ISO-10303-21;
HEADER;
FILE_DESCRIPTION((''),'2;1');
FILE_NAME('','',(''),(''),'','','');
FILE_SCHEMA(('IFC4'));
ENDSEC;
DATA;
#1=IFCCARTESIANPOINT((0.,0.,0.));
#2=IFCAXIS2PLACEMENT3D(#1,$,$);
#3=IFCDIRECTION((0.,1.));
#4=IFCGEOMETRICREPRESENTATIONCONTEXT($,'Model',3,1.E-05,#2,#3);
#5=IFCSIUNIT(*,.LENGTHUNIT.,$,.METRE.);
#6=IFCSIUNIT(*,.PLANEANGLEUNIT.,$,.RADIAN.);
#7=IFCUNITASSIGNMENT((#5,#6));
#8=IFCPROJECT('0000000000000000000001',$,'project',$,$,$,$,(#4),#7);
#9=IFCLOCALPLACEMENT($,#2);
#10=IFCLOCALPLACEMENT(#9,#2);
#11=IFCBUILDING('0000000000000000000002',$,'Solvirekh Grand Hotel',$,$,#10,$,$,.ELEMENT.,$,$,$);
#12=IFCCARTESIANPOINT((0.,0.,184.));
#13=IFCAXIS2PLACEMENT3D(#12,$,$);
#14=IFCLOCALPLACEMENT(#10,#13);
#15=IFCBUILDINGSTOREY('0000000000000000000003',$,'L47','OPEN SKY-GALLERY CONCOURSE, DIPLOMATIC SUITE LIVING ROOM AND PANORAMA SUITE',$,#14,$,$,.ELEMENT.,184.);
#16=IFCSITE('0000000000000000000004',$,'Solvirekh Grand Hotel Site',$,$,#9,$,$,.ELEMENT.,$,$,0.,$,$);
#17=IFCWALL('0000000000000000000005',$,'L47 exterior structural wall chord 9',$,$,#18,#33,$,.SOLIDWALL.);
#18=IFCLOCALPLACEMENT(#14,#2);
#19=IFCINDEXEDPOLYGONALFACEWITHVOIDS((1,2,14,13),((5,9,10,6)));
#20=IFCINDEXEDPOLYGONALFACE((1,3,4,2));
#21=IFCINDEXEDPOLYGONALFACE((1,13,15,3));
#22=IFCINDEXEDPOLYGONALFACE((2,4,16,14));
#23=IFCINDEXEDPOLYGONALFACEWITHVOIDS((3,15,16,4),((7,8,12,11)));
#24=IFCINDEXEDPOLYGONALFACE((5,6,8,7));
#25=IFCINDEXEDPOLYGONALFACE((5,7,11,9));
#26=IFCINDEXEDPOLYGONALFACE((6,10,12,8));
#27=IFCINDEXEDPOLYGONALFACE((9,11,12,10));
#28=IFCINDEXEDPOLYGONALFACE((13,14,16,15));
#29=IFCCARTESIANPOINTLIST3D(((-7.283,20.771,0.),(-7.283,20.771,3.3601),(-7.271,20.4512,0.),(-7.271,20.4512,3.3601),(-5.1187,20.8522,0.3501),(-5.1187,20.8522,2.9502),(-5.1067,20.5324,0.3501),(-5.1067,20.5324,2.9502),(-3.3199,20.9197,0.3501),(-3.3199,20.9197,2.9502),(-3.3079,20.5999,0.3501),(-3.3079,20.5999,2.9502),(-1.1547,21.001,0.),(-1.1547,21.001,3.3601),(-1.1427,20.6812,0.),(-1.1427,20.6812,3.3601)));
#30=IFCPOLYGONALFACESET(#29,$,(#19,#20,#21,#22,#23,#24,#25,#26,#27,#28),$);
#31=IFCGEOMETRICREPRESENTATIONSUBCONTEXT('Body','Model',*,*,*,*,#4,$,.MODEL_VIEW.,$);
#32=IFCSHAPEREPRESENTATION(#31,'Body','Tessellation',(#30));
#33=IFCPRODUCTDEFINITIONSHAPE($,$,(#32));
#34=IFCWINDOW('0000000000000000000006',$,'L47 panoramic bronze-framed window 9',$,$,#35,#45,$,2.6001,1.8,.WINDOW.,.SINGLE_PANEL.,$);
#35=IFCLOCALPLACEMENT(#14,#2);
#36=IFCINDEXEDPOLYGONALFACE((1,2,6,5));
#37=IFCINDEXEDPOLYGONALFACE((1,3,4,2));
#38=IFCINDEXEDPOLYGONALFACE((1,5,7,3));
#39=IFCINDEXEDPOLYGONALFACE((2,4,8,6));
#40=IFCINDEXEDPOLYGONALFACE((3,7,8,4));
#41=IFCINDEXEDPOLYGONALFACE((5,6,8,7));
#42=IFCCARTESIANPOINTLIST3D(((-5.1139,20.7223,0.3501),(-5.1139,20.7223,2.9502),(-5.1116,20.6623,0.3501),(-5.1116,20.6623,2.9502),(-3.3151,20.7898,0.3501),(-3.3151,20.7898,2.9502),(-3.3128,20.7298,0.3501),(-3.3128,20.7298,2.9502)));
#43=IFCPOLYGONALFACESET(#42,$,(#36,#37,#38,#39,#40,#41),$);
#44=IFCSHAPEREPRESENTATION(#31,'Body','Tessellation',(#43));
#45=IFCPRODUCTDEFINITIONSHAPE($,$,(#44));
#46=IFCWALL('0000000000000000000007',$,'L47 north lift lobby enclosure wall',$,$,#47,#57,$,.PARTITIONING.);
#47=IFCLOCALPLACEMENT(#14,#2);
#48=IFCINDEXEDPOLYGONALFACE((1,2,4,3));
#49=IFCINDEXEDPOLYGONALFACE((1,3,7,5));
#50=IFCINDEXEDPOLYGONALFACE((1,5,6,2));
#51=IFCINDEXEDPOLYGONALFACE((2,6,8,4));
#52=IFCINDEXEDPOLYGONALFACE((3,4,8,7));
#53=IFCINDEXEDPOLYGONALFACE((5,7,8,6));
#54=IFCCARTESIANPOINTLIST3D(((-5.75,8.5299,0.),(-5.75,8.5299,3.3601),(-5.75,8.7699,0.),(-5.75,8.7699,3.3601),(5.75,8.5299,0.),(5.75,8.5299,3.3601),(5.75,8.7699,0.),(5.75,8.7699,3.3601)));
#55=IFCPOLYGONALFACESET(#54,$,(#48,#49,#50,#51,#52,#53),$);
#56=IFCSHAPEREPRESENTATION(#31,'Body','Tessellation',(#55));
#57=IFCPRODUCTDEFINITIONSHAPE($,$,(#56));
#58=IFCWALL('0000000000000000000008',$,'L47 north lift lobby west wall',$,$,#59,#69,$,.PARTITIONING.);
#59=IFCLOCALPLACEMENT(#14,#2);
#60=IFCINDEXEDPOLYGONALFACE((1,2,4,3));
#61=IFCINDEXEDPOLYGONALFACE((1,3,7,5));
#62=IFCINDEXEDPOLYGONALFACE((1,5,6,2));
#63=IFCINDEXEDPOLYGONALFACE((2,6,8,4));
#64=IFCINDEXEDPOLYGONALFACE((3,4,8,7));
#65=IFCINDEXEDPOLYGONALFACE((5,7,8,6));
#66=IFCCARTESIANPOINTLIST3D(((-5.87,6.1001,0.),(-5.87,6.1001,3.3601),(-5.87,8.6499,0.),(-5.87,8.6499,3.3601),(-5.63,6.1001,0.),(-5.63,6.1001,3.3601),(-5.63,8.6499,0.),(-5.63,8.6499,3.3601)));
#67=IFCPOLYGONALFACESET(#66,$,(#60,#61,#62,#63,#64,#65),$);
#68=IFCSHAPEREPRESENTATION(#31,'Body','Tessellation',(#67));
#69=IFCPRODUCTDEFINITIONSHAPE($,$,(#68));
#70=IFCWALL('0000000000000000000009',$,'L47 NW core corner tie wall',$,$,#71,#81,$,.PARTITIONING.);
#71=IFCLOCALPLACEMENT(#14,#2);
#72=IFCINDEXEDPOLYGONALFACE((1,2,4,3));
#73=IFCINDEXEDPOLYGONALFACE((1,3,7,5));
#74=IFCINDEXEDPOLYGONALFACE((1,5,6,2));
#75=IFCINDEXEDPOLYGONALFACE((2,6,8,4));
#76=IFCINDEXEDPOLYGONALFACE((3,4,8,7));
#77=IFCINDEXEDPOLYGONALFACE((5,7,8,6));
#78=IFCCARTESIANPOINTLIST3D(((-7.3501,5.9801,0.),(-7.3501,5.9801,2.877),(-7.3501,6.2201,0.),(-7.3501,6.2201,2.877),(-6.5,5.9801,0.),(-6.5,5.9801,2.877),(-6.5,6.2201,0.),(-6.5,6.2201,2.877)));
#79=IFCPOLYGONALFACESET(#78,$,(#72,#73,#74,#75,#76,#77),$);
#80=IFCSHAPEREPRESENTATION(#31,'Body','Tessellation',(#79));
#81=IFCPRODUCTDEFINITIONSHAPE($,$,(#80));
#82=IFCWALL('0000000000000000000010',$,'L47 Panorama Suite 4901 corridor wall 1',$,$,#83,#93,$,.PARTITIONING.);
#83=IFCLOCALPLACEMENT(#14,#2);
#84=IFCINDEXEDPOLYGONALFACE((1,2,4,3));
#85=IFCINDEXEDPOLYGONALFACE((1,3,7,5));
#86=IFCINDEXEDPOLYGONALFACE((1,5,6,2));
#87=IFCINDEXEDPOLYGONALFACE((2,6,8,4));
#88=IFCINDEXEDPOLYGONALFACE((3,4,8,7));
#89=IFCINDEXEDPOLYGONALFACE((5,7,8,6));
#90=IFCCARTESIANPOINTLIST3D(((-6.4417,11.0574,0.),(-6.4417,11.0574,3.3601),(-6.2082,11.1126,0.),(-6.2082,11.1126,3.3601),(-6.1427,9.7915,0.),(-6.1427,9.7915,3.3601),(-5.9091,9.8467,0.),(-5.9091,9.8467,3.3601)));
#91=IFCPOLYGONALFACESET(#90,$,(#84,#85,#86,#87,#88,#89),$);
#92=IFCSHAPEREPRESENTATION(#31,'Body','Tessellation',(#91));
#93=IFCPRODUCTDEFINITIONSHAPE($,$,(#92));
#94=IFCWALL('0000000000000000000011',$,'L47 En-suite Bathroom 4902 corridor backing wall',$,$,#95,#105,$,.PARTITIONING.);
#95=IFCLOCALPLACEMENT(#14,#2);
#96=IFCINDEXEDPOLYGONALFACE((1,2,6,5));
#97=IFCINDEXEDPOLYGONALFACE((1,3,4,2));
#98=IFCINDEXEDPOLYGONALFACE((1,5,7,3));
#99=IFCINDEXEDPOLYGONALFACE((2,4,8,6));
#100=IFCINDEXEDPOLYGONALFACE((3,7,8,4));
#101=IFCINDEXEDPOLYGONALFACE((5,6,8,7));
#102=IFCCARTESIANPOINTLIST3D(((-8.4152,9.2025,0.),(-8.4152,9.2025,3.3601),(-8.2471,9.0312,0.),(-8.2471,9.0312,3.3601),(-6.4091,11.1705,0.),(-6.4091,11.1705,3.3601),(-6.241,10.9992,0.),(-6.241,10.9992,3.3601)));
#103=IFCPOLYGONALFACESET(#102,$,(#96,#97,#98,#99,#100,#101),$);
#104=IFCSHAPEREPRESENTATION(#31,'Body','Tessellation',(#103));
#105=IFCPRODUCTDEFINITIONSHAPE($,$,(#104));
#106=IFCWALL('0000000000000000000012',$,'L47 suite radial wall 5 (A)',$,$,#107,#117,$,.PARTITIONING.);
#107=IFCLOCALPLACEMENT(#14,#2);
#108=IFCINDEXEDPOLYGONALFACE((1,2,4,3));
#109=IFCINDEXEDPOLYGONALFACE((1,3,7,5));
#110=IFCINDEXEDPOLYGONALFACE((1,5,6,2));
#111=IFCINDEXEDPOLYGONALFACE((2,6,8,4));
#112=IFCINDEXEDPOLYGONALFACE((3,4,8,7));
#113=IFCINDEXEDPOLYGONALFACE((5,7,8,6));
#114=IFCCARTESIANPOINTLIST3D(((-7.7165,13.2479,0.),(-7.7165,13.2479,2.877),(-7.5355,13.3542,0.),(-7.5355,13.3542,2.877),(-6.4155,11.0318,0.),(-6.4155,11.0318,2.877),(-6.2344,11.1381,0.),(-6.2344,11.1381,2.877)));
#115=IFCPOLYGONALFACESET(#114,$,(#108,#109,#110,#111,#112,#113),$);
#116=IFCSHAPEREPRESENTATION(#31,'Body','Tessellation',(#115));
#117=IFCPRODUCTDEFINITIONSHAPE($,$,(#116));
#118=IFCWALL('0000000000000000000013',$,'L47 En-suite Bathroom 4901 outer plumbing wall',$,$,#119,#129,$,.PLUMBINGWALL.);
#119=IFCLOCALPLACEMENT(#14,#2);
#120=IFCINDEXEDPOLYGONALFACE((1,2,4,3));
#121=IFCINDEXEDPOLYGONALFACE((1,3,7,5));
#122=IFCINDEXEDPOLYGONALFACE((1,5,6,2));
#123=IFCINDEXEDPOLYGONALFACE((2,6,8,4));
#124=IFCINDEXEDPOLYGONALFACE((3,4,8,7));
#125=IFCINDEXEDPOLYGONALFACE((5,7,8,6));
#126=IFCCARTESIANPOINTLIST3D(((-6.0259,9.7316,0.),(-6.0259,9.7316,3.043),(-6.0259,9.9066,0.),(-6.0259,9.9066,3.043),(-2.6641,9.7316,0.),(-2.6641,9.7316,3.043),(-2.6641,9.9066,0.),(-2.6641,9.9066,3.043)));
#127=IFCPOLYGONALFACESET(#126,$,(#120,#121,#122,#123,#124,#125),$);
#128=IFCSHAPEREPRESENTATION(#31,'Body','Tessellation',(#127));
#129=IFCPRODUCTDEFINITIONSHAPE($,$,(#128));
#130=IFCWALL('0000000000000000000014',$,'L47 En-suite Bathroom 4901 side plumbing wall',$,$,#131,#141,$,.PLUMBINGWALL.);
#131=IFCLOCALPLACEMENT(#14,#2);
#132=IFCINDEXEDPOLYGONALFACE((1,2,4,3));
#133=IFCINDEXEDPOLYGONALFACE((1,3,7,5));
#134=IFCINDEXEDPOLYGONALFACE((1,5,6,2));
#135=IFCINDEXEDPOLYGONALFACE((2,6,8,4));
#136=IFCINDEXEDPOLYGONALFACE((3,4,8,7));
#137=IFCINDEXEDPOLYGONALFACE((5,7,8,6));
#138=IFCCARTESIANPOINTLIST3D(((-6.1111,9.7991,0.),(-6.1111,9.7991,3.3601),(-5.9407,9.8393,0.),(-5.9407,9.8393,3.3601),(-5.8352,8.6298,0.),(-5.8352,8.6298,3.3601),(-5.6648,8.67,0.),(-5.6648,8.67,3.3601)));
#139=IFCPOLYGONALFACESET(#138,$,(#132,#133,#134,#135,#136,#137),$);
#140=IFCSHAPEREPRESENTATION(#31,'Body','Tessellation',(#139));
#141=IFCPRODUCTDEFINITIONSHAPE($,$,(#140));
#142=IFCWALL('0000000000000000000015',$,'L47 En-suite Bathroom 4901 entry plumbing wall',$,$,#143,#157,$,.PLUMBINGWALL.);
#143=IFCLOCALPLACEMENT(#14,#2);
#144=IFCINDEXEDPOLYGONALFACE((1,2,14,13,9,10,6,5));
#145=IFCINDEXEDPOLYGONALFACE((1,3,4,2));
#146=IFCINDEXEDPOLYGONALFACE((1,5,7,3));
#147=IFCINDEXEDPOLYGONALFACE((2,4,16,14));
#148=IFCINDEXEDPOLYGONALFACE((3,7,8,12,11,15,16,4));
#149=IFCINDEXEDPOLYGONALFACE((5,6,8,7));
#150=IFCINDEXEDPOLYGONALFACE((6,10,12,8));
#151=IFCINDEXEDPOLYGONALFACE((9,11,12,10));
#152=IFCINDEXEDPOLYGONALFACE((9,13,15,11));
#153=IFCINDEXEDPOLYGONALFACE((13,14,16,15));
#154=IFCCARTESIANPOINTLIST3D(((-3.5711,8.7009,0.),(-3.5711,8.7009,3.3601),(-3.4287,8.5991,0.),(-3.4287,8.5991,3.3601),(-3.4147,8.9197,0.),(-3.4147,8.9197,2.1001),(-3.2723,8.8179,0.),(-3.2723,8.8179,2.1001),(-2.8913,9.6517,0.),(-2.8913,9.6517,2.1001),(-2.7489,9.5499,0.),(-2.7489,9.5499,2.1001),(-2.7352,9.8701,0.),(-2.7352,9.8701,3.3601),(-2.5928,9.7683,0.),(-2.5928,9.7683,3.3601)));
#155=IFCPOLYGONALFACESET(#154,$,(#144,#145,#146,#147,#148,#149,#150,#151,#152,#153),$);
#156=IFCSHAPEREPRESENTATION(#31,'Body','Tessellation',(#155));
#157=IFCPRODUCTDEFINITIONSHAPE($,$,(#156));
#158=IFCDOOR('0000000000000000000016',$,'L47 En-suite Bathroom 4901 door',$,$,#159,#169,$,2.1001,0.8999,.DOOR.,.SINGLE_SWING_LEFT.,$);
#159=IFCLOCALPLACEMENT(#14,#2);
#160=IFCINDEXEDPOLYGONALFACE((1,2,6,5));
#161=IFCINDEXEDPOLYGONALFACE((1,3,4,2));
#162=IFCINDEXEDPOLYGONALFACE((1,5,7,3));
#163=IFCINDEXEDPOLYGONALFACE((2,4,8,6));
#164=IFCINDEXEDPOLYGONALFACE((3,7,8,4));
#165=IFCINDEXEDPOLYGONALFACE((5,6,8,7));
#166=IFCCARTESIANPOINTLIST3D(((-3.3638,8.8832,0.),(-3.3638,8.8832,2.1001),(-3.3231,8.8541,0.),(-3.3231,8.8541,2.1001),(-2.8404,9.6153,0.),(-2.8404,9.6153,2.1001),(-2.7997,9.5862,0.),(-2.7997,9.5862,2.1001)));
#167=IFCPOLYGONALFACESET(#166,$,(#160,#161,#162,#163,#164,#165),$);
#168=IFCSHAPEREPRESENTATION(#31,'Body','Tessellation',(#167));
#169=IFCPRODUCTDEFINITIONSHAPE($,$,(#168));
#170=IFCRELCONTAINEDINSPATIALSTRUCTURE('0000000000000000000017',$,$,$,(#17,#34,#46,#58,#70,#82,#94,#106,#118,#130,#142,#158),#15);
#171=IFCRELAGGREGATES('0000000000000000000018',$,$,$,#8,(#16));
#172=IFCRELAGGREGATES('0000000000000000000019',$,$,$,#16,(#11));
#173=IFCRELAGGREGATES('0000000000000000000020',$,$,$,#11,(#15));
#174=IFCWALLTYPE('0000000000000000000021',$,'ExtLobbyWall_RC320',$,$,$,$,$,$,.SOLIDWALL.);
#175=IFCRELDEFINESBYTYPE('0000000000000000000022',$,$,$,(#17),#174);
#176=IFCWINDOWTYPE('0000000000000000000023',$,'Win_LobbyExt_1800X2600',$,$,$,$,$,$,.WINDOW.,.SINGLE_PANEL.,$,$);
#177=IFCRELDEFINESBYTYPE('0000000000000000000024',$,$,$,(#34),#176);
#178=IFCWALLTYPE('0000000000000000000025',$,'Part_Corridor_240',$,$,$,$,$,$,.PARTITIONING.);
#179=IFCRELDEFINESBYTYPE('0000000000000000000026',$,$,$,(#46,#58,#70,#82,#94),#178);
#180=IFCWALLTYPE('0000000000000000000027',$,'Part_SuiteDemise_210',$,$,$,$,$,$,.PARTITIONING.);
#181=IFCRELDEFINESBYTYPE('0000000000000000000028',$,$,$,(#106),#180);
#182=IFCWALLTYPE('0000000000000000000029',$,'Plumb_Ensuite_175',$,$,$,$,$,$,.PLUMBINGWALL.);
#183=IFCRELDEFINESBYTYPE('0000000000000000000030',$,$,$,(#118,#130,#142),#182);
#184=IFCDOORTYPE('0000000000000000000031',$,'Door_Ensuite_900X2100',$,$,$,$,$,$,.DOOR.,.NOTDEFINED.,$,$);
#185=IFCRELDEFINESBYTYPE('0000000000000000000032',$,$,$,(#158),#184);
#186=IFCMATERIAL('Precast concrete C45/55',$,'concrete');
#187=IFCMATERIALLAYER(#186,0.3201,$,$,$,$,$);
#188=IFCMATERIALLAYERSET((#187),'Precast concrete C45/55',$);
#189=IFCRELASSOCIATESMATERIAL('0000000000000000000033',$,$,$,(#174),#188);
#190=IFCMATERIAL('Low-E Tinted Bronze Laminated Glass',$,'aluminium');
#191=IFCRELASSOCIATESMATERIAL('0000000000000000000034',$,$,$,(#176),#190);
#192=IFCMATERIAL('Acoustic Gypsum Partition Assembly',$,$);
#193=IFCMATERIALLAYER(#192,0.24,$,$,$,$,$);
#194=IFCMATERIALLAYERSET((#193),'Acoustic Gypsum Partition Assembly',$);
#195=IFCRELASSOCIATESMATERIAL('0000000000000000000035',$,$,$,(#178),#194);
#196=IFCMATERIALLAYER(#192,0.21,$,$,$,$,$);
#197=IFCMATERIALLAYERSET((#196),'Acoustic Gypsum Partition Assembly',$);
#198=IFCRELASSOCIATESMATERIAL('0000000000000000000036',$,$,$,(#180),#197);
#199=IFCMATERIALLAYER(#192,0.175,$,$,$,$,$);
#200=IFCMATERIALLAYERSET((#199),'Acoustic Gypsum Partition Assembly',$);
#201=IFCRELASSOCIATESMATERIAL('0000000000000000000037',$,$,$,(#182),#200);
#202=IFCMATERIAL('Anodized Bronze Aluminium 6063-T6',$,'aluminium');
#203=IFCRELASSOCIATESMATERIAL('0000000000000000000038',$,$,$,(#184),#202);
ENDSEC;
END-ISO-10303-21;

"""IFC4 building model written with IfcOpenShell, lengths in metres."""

from ifc_helpers import new_model, si_unit, direction, frame, frame_2d, origin, place, context, subcontext, project, spatial, rectangle, extrude, material, layer, layer_set, type_object, element, fill, save


model = new_model("IFC4")

# Units and contexts
model_context = context("Model", 3, precision=1e-05, world=origin(), true_north=direction((0.0, 1.0)))
body_context = subcontext(model_context, "Body", "Model", "MODEL_VIEW")
ifc_project = project(units=[si_unit("LENGTHUNIT", "METRE"), si_unit("PLANEANGLEUNIT", "RADIAN")], contexts=[model_context])

# Site, building, storey
site_placement = place(None, origin())
site = spatial("IfcSite", under=ifc_project, at=site_placement, Name="Solvirekh Grand Hotel Site", CompositionType="ELEMENT", RefElevation=0.0)
building_placement = place(site_placement, origin())
building = spatial("IfcBuilding", under=site, at=building_placement, Name="Solvirekh Grand Hotel", CompositionType="ELEMENT")
storey_placement = place(building_placement, frame((0.0, 0.0, 184.0)))
storey = spatial("IfcBuildingStorey", under=building, at=storey_placement, Name="L47", Description="OPEN SKY-GALLERY CONCOURSE, DIPLOMATIC SUITE LIVING ROOM AND PANORAMA SUITE", CompositionType="ELEMENT", Elevation=184.0)

# Shared definitions
ifc_material_1 = material(Name="Anodized Bronze Aluminium 6063-T6", Category="aluminium")

# Wall, opening, window
ifc_material_2 = material(Name="Precast concrete C45/55", Category="concrete")
ifc_layer_1 = layer(ifc_material_2, 0.3201)
ifc_layer_set_1 = layer_set([ifc_layer_1], Name="Precast concrete C45/55")
wall_type_1 = type_object("IfcWallType", Name="ExtLobbyWall_RC320", PredefinedType="SOLIDWALL", material=ifc_layer_set_1)
wall_1_placement = place(storey_placement, frame((-7.2771, 20.6111, 0.0), z_axis=(0.0, 0.0, 1.0), x_axis=(0.999297, 0.037502, 0.0)))
wall_1 = element("IfcWall", 1, at=wall_1_placement, inside=storey, type_object=wall_type_1, Name="L47 exterior structural wall chord 9", PredefinedType="SOLIDWALL", context=body_context, shape_type="SweptSolid", body=[
    extrude(rectangle(XDim=6.1326, YDim=0.3201, at=frame_2d((3.0664, 0.0))), origin(), (0.0, 0.0, 1.0), 3.3601),
])
opening_1_placement = place(wall_1_placement, frame((2.166, 0.0, 0.3501)))
opening_1 = element("IfcOpeningElement", 2, at=opening_1_placement, cuts=wall_1, PredefinedType="OPENING", context=body_context, shape_type="SweptSolid", body=[
    extrude(rectangle(XDim=1.8, YDim=2.6001, at=frame_2d((0.8999, 1.3))), frame((0.0, 0.1699, 0.0), z_axis=(0.0, -1.0, 0.0), x_axis=(1.0, 0.0, 0.0)), (0.0, 0.0, 1.0), 0.3401),
])
ifc_material_3 = material(Name="Low-E Tinted Bronze Laminated Glass", Category="aluminium")
window_type = type_object("IfcWindowType", Name="Win_LobbyExt_1800X2600", PartitioningType="SINGLE_PANEL", PredefinedType="WINDOW", material=ifc_material_3)
window_placement = place(opening_1_placement, origin())
window = element("IfcWindow", 3, at=window_placement, inside=storey, type_object=window_type, Name="L47 panoramic bronze-framed window 9", OverallHeight=2.6001, OverallWidth=1.8, PartitioningType="SINGLE_PANEL", PredefinedType="WINDOW", context=body_context, shape_type="SweptSolid", body=[
    extrude(rectangle(XDim=1.8, YDim=2.6001, at=frame_2d((0.8999, 1.3))), frame((0.0, 0.03, 0.0), z_axis=(0.0, -1.0, 0.0), x_axis=(1.0, 0.0, 0.0)), (0.0, 0.0, 1.0), 0.0601),
])
fill(opening_1, window)

# Walls
ifc_material_4 = material(Name="Acoustic Gypsum Partition Assembly")
ifc_layer_2 = layer(ifc_material_4, 0.24)
ifc_layer_set_2 = layer_set([ifc_layer_2], Name="Acoustic Gypsum Partition Assembly")
wall_type_2 = type_object("IfcWallType", Name="Part_Corridor_240", PredefinedType="PARTITIONING", material=ifc_layer_set_2)
wall_2_placement = place(storey_placement, frame((-5.75, 8.6499, 0.0), z_axis=(0.0, 0.0, 1.0), x_axis=(1.0, 0.0, 0.0)))
element("IfcWall", 4, at=wall_2_placement, inside=storey, type_object=wall_type_2, Name="L47 north lift lobby enclosure wall", PredefinedType="PARTITIONING", context=body_context, shape_type="SweptSolid", body=[
    extrude(rectangle(XDim=11.5, YDim=0.24, at=frame_2d((5.75, 0.0))), origin(), (0.0, 0.0, 1.0), 3.3601),
])
wall_3_placement = place(storey_placement, frame((-5.75, 6.1001, 0.0), z_axis=(0.0, 0.0, 1.0), x_axis=(0.0, 1.0, 0.0)))
element("IfcWall", 5, at=wall_3_placement, inside=storey, type_object=wall_type_2, Name="L47 north lift lobby west wall", PredefinedType="PARTITIONING", context=body_context, shape_type="SweptSolid", body=[
    extrude(rectangle(XDim=2.5498, YDim=0.24, at=frame_2d((1.2749, 0.0))), origin(), (0.0, 0.0, 1.0), 3.3601),
])
wall_4_placement = place(storey_placement, frame((-7.3501, 6.1001, 0.0), z_axis=(0.0, 0.0, 1.0), x_axis=(1.0, 0.0, 0.0)))
element("IfcWall", 6, at=wall_4_placement, inside=storey, type_object=wall_type_2, Name="L47 NW core corner tie wall", PredefinedType="PARTITIONING", context=body_context, shape_type="SweptSolid", body=[
    extrude(rectangle(XDim=0.8501, YDim=0.24, at=frame_2d((0.425, 0.0))), origin(), (0.0, 0.0, 1.0), 2.877),
])
wall_5_placement = place(storey_placement, frame((-6.0259, 9.8191, 0.0), z_axis=(0.0, 0.0, 1.0), x_axis=(-0.229928, 0.973208, 0.0)))
element("IfcWall", 7, at=wall_5_placement, inside=storey, type_object=wall_type_2, Name="L47 Panorama Suite 4901 corridor wall 1", PredefinedType="PARTITIONING", context=body_context, shape_type="SweptSolid", body=[
    extrude(rectangle(XDim=1.3008, YDim=0.24, at=frame_2d((0.6504, 0.0))), origin(), (0.0, 0.0, 1.0), 3.3601),
])
wall_6_placement = place(storey_placement, frame((-6.325, 11.085, 0.0), z_axis=(0.0, 0.0, 1.0), x_axis=(-0.713851, -0.700298, 0.0)))
element("IfcWall", 8, at=wall_6_placement, inside=storey, type_object=wall_type_2, Name="L47 En-suite Bathroom 4902 corridor backing wall", PredefinedType="PARTITIONING", context=body_context, shape_type="SweptSolid", body=[
    extrude(rectangle(XDim=2.8103, YDim=0.24, at=frame_2d((1.4053, 0.0))), origin(), (0.0, 0.0, 1.0), 3.3601),
])
ifc_layer_3 = layer(ifc_material_4, 0.21)
ifc_layer_set_3 = layer_set([ifc_layer_3], Name="Acoustic Gypsum Partition Assembly")
wall_type_3 = type_object("IfcWallType", Name="Part_SuiteDemise_210", PredefinedType="PARTITIONING", material=ifc_layer_set_3)
wall_7_placement = place(storey_placement, frame((-6.325, 11.085, 0.0), z_axis=(0.0, 0.0, 1.0), x_axis=(-0.506285, 0.862366, 0.0)))
element("IfcWall", 9, at=wall_7_placement, inside=storey, type_object=wall_type_3, Name="L47 suite radial wall 5 (A)", PredefinedType="PARTITIONING", context=body_context, shape_type="SweptSolid", body=[
    extrude(rectangle(XDim=2.5698, YDim=0.21, at=frame_2d((1.2849, 0.0))), origin(), (0.0, 0.0, 1.0), 2.877),
])
ifc_layer_4 = layer(ifc_material_4, 0.175)
ifc_layer_set_4 = layer_set([ifc_layer_4], Name="Acoustic Gypsum Partition Assembly")
wall_type_4 = type_object("IfcWallType", Name="Plumb_Ensuite_175", PredefinedType="PLUMBINGWALL", material=ifc_layer_set_4)
wall_8_placement = place(storey_placement, frame((-6.0259, 9.8191, 0.0), z_axis=(0.0, 0.0, 1.0), x_axis=(1.0, 0.0, 0.0)))
element("IfcWall", 10, at=wall_8_placement, inside=storey, type_object=wall_type_4, Name="L47 En-suite Bathroom 4901 outer plumbing wall", PredefinedType="PLUMBINGWALL", context=body_context, shape_type="SweptSolid", body=[
    extrude(rectangle(XDim=3.3618, YDim=0.175, at=frame_2d((1.6809, 0.0))), origin(), (0.0, 0.0, 1.0), 3.043),
])
wall_9_placement = place(storey_placement, frame((-6.0259, 9.8191, 0.0), z_axis=(0.0, 0.0, 1.0), x_axis=(0.229651, -0.973273, 0.0)))
element("IfcWall", 11, at=wall_9_placement, inside=storey, type_object=wall_type_4, Name="L47 En-suite Bathroom 4901 side plumbing wall", PredefinedType="PLUMBINGWALL", context=body_context, shape_type="SweptSolid", body=[
    extrude(rectangle(XDim=1.2014, YDim=0.175, at=frame_2d((0.6006, 0.0))), origin(), (0.0, 0.0, 1.0), 3.3601),
])

# Wall, opening, door
wall_10_placement = place(storey_placement, frame((-3.5, 8.6499, 0.0), z_axis=(0.0, 0.0, 1.0), x_axis=(0.581608, 0.813469, 0.0)))
wall_10 = element("IfcWall", 12, at=wall_10_placement, inside=storey, type_object=wall_type_4, Name="L47 En-suite Bathroom 4901 entry plumbing wall", PredefinedType="PLUMBINGWALL", context=body_context, shape_type="SweptSolid", body=[
    extrude(rectangle(XDim=1.4373, YDim=0.175, at=frame_2d((0.7188, 0.0))), origin(), (0.0, 0.0, 1.0), 3.3601),
])
opening_2_placement = place(wall_10_placement, frame((0.269, 0.0, 0.0)))
opening_2 = element("IfcOpeningElement", 13, at=opening_2_placement, cuts=wall_10, PredefinedType="OPENING", context=body_context, shape_type="SweptSolid", body=[
    extrude(rectangle(XDim=0.8999, YDim=2.1001, at=frame_2d((0.45, 1.05))), frame((0.0, 0.0977, 0.0), z_axis=(0.0, -1.0, 0.0), x_axis=(1.0, 0.0, 0.0)), (0.0, 0.0, 1.0), 0.1951),
])
door_type = type_object("IfcDoorType", Name="Door_Ensuite_900X2100", OperationType="NOTDEFINED", PredefinedType="DOOR", material=ifc_material_1)
door_placement = place(opening_2_placement, origin())
door = element("IfcDoor", 14, at=door_placement, inside=storey, type_object=door_type, Name="L47 En-suite Bathroom 4901 door", OperationType="SINGLE_SWING_LEFT", OverallHeight=2.1001, OverallWidth=0.8999, PredefinedType="DOOR", context=body_context, shape_type="SweptSolid", body=[
    extrude(rectangle(XDim=0.8999, YDim=2.1001, at=frame_2d((0.45, 1.05))), frame((0.0, 0.0249, 0.0), z_axis=(0.0, -1.0, 0.0), x_axis=(1.0, 0.0, 0.0)), (0.0, 0.0, 1.0), 0.05),
])
fill(opening_2, door)

save(model, "model.ifc")
